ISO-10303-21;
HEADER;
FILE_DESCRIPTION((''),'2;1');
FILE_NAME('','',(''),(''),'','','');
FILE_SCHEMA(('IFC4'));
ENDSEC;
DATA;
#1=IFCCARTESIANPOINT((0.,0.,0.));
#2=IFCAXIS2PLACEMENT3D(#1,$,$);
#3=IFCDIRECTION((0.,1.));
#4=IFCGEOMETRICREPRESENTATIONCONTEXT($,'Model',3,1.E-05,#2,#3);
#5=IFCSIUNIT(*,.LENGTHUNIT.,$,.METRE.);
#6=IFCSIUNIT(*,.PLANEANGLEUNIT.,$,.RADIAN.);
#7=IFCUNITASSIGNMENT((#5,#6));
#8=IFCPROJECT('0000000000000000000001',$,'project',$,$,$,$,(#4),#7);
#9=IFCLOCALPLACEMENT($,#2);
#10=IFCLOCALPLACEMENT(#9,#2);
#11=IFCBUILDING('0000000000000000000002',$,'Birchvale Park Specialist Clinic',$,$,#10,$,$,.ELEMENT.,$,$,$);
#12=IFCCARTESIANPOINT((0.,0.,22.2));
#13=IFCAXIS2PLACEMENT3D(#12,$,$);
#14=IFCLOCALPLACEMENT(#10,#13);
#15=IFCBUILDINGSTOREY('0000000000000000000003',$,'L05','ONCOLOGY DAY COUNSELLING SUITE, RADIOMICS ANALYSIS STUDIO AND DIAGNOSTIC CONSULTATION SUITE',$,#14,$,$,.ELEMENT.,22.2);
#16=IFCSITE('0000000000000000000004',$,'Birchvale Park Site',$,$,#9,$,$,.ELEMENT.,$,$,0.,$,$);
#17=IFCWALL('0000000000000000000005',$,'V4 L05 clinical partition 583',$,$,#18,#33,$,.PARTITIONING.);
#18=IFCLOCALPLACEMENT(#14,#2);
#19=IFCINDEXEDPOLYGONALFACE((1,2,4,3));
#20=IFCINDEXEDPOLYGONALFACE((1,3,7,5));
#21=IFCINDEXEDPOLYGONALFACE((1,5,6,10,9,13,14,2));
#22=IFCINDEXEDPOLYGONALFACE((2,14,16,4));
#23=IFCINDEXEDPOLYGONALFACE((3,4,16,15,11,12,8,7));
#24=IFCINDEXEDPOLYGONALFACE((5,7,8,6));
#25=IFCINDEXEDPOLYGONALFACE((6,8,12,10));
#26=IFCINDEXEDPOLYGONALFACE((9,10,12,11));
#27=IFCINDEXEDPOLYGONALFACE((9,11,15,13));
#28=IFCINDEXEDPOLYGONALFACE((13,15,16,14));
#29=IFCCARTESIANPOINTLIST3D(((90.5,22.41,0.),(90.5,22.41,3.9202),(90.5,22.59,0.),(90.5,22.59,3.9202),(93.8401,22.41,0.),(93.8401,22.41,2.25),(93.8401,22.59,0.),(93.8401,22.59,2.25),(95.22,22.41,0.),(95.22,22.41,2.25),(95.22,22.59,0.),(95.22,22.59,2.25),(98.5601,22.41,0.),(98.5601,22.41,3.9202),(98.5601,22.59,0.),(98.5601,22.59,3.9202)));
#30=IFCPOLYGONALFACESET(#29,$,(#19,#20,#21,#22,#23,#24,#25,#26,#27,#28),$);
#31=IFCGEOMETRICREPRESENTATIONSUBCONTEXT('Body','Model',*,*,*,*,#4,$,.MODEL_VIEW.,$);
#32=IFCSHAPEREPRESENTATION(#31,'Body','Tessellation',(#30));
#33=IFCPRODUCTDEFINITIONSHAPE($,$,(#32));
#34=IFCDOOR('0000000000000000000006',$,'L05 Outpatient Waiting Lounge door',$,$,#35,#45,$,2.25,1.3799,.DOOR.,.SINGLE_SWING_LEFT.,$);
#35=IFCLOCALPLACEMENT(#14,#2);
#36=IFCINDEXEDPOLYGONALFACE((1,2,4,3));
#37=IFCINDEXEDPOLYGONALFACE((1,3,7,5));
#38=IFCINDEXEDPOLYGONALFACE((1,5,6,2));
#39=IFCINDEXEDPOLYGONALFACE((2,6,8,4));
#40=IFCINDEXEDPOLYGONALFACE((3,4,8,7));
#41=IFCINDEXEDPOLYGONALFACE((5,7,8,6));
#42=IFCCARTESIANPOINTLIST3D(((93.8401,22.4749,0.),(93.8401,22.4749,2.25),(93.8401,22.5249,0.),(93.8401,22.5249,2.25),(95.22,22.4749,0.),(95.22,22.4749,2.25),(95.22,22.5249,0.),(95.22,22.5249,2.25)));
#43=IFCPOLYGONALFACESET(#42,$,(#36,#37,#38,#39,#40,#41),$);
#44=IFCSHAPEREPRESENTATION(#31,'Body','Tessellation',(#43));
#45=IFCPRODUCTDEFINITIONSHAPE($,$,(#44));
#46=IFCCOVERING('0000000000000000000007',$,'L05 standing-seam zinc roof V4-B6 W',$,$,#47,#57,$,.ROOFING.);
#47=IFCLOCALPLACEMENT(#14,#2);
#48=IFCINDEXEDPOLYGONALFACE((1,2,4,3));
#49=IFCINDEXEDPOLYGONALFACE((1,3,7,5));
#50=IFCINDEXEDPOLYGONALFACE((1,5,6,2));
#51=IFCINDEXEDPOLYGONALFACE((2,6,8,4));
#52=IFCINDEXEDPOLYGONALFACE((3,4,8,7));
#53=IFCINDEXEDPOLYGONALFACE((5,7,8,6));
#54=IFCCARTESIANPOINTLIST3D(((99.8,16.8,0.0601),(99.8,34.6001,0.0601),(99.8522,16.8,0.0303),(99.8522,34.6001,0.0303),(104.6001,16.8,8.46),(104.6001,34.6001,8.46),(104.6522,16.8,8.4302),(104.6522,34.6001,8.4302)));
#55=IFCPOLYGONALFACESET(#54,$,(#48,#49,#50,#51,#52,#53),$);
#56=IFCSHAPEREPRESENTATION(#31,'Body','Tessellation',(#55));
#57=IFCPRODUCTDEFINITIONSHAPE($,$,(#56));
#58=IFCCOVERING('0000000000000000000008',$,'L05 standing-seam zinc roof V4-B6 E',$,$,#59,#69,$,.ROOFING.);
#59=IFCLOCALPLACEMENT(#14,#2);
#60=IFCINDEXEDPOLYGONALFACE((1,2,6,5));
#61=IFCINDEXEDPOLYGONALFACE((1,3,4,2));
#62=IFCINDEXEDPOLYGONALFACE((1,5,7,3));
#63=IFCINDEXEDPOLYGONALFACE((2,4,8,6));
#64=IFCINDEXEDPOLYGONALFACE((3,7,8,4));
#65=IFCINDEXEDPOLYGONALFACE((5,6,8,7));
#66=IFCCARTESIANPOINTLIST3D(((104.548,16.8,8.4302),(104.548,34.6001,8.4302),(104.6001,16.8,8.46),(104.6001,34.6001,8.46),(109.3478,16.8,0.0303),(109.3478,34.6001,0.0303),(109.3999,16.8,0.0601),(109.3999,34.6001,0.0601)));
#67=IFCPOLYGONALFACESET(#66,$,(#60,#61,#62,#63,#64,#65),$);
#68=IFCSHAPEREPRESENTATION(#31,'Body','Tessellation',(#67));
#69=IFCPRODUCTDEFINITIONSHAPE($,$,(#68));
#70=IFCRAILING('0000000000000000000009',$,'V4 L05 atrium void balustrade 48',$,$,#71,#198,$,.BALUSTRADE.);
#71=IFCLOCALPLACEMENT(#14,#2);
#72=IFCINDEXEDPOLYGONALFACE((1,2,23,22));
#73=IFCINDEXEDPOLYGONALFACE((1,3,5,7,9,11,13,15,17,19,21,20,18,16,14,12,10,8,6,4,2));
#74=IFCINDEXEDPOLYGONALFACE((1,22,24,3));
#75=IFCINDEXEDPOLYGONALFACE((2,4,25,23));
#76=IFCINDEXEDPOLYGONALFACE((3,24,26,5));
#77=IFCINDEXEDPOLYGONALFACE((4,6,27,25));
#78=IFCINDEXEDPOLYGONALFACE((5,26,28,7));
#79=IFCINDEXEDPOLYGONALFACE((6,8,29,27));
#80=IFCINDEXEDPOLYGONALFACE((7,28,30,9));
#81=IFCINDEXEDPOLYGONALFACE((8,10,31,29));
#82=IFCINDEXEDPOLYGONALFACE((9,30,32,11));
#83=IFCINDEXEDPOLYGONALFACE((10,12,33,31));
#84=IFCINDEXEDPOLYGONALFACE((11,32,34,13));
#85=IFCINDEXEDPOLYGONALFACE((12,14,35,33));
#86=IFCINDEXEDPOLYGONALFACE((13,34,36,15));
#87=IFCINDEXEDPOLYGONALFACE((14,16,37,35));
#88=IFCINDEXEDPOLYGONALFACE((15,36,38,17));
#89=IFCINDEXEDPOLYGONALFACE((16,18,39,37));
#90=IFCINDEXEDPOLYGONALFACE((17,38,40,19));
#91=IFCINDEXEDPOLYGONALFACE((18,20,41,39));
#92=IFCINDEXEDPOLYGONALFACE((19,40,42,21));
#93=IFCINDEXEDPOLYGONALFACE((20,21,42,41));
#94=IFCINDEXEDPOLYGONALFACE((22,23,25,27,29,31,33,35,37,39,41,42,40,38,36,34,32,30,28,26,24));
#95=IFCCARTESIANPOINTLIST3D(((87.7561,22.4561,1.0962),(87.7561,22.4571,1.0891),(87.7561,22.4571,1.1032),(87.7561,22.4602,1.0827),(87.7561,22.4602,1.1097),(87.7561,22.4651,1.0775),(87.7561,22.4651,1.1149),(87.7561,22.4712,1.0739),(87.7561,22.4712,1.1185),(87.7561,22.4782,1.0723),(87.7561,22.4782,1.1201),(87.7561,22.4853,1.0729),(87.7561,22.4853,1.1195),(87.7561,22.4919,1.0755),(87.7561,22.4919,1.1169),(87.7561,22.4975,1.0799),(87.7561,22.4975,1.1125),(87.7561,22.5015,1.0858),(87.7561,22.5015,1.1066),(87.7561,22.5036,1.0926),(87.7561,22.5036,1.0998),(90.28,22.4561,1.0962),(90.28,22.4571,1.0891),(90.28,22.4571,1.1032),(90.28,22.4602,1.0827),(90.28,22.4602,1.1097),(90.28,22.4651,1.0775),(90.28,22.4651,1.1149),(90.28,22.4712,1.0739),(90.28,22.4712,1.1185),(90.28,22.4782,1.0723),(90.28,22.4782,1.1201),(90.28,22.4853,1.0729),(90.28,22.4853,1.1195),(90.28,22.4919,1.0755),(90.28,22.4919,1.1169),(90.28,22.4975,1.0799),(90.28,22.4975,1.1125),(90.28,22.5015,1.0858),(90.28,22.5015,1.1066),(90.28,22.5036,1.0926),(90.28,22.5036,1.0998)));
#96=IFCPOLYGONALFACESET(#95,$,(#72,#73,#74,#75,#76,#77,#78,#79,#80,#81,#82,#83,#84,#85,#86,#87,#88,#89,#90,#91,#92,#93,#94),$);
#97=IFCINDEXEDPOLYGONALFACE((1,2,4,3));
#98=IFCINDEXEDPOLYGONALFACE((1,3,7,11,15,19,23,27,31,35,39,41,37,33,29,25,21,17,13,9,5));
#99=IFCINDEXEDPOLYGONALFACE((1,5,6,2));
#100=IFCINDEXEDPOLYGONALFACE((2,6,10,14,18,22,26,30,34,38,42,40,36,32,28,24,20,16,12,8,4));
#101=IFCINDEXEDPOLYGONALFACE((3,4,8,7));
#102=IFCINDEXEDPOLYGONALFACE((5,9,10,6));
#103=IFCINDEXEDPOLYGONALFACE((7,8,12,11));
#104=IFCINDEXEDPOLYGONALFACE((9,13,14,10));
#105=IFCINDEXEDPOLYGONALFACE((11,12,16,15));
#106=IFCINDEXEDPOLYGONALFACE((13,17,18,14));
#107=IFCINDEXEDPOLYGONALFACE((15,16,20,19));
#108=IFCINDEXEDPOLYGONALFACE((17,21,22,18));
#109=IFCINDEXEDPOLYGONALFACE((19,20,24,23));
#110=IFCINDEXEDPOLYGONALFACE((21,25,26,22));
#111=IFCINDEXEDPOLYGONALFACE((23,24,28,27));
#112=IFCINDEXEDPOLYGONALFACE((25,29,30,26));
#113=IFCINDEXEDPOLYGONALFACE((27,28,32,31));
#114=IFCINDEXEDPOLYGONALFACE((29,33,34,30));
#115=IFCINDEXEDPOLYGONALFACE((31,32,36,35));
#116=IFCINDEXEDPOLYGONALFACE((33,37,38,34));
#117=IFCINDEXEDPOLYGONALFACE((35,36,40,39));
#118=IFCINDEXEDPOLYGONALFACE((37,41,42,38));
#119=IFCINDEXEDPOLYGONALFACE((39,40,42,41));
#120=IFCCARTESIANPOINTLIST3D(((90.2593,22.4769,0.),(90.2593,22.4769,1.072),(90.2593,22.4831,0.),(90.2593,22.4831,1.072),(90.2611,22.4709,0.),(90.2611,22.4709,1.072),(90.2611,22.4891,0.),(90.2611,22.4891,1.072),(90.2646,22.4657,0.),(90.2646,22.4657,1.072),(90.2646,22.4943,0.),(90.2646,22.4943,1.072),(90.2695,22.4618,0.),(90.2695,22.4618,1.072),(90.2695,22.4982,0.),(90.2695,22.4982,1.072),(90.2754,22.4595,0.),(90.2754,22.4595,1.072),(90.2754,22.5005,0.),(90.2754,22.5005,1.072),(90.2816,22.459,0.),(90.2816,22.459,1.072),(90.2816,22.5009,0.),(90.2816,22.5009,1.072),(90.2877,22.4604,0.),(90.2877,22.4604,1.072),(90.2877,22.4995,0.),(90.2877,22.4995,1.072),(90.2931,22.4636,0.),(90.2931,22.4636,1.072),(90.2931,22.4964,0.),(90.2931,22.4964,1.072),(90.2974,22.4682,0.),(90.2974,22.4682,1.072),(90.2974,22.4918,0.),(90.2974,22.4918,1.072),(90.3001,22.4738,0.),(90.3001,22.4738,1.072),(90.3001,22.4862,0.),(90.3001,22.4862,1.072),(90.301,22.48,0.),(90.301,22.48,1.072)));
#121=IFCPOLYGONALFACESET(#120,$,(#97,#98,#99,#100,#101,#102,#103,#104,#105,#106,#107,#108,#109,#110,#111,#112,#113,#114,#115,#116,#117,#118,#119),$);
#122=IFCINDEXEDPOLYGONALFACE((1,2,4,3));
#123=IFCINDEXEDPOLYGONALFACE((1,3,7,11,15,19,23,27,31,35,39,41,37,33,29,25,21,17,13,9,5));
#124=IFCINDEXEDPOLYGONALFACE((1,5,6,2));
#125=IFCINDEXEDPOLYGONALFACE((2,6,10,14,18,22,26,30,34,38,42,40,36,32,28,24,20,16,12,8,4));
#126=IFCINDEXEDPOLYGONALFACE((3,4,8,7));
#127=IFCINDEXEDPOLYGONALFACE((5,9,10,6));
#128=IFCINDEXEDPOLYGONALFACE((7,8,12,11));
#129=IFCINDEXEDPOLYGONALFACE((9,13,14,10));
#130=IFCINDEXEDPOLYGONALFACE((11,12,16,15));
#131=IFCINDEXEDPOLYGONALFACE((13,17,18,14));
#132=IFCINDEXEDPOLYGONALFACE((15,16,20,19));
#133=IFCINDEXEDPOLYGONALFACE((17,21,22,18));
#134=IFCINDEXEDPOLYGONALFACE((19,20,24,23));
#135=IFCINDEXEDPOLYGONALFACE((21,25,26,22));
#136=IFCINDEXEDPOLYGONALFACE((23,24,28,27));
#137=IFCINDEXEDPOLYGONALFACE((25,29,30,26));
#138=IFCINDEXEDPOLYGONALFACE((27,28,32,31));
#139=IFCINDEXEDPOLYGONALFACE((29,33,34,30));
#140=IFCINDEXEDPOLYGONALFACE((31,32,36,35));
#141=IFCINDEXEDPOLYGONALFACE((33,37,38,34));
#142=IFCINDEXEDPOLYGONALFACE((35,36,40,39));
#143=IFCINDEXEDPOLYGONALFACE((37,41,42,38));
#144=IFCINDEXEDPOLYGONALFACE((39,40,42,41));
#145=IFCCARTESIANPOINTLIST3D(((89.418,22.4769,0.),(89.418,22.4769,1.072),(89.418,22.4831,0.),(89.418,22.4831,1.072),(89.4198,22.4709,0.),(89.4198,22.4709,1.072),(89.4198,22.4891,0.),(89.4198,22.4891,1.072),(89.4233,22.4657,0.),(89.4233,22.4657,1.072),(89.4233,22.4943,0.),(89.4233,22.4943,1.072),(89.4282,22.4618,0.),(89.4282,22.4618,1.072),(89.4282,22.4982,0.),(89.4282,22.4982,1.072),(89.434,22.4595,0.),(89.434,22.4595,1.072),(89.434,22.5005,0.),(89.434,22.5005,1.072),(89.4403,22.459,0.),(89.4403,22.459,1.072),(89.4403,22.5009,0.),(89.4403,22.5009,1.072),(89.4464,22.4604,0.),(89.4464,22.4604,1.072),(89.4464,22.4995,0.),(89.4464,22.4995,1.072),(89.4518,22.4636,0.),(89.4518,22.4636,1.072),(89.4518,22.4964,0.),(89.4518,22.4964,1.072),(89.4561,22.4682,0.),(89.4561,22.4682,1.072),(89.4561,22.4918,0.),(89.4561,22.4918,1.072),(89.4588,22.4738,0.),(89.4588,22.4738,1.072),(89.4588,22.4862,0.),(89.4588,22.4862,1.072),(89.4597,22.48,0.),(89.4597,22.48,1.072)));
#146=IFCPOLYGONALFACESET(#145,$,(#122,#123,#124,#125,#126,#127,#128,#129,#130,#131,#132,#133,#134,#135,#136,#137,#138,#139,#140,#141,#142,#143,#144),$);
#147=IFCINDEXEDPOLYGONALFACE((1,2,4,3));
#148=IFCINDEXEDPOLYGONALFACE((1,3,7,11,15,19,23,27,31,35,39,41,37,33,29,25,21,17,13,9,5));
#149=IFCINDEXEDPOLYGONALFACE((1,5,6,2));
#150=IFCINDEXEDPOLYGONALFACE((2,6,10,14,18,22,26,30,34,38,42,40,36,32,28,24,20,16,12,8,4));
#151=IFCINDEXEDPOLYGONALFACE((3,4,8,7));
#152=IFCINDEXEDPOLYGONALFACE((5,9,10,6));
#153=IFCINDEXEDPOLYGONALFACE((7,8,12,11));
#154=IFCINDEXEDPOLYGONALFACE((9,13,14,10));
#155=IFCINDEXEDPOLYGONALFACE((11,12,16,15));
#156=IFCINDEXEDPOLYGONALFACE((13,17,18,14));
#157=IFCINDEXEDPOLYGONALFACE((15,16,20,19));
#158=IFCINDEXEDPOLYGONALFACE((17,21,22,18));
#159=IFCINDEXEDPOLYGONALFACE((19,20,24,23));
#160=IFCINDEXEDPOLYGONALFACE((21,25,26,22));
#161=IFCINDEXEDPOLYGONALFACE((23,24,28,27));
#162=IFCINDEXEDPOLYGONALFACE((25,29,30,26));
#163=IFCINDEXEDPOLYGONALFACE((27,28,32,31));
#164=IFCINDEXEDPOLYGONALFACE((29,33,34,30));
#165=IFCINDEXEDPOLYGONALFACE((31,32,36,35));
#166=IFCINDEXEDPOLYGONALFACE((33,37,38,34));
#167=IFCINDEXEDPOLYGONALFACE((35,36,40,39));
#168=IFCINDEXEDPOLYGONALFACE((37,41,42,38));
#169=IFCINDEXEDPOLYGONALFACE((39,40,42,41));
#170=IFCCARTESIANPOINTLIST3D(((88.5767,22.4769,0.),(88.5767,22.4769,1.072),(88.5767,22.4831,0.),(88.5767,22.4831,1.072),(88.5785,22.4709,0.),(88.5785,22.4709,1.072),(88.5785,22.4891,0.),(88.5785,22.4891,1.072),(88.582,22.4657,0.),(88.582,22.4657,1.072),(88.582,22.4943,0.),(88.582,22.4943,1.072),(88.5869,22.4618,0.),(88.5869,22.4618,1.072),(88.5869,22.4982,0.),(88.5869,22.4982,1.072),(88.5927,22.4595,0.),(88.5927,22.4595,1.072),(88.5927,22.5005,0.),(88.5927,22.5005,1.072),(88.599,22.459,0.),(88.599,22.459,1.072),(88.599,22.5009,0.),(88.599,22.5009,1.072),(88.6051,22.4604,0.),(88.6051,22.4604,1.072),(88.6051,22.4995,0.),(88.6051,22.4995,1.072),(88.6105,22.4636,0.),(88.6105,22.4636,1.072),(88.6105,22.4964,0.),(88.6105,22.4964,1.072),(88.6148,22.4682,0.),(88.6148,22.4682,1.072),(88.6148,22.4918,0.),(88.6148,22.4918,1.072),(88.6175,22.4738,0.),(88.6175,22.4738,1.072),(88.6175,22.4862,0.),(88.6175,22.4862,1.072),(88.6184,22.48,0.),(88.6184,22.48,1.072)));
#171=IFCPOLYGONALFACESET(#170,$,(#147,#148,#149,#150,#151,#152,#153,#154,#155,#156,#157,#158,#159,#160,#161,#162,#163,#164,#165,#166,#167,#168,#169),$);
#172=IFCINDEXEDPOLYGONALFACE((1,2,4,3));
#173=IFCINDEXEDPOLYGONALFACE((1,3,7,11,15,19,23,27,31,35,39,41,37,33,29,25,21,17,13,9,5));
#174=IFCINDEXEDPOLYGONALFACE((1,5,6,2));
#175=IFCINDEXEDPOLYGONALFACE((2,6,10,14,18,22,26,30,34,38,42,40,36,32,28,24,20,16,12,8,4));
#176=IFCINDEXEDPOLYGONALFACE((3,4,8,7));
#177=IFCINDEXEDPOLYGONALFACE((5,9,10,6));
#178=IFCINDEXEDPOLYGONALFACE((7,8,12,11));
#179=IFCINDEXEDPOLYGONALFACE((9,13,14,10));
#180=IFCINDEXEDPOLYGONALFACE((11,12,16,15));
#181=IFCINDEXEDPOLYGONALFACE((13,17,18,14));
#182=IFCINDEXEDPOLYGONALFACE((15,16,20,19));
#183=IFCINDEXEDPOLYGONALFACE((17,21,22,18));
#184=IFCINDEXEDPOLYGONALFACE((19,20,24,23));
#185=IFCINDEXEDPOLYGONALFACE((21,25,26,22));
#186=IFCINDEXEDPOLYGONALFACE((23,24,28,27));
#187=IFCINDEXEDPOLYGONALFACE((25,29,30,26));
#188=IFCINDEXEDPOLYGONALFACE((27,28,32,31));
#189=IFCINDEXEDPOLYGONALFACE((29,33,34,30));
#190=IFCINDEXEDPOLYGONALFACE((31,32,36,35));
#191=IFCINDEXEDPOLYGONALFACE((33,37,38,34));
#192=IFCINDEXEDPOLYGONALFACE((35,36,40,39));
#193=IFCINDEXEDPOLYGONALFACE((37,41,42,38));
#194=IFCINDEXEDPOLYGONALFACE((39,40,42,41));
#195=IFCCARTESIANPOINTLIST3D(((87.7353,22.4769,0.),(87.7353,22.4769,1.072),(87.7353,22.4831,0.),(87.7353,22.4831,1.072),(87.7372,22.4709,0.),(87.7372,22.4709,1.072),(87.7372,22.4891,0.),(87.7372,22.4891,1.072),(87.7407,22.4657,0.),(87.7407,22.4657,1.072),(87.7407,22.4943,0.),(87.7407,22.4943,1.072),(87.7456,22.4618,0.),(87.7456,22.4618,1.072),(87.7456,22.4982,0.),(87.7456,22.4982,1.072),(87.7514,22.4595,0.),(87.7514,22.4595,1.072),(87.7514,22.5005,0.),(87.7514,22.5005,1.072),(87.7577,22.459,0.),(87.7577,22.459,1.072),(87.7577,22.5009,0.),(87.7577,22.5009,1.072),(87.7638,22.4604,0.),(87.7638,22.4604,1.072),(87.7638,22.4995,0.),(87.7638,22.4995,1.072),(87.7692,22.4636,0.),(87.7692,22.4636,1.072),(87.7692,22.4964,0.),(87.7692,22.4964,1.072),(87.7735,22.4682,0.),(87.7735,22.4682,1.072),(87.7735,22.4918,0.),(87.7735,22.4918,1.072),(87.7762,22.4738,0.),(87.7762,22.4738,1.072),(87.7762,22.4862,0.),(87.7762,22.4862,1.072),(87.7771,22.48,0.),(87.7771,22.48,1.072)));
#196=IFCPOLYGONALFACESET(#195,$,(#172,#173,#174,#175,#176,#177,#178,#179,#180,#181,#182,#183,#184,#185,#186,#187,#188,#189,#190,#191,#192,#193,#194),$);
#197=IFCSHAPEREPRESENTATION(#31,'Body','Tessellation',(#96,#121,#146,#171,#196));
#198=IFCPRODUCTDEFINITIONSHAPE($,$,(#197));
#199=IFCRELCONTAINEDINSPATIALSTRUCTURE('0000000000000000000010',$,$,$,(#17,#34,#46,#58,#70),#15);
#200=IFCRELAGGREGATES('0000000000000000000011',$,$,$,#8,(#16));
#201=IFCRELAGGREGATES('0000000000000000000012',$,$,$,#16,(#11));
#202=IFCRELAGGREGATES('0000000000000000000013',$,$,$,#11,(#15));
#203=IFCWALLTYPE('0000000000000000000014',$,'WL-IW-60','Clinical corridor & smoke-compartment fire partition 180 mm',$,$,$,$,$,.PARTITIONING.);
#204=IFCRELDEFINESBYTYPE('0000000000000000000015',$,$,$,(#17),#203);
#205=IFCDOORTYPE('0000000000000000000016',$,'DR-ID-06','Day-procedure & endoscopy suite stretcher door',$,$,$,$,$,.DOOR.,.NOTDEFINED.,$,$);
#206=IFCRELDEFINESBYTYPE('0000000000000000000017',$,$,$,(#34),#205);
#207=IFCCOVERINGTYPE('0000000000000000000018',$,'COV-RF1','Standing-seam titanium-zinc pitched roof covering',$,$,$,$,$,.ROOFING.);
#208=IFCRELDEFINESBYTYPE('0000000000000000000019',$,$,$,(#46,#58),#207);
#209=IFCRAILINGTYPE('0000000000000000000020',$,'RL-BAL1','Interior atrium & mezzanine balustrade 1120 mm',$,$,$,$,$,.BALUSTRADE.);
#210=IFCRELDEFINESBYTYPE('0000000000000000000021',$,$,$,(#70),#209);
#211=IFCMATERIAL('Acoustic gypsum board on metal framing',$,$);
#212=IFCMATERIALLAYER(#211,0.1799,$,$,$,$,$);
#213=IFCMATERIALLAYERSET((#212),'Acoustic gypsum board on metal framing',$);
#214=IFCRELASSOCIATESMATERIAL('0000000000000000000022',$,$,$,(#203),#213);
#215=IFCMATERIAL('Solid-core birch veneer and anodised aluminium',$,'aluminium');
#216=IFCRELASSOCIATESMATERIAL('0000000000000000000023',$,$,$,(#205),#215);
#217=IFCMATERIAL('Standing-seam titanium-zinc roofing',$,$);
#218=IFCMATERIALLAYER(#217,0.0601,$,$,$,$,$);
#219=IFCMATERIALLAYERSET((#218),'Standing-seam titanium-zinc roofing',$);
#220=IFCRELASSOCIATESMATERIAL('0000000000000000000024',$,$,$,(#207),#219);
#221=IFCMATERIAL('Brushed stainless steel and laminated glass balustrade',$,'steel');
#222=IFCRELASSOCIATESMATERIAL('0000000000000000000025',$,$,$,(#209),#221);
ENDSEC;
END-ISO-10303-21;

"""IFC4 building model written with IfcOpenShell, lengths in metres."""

from ifc_helpers import new_model, si_unit, direction, frame, frame_2d, origin, origin_2d, place, context, subcontext, project, spatial, polyline, rectangle, circle, outline, extrude, material, layer, layer_set, type_object, element, fill, save


model = new_model("IFC4")

# Units and contexts
model_context = context("Model", 3, precision=1e-05, world=origin(), true_north=direction((0.0, 1.0)))
body_context = subcontext(model_context, "Body", "Model", "MODEL_VIEW")
ifc_project = project(units=[si_unit("LENGTHUNIT", "METRE"), si_unit("PLANEANGLEUNIT", "RADIAN")], contexts=[model_context])

# Site, building, storey
site_placement = place(None, origin())
site = spatial("IfcSite", under=ifc_project, at=site_placement, Name="Birchvale Park Site", CompositionType="ELEMENT", RefElevation=0.0)
building_placement = place(site_placement, origin())
building = spatial("IfcBuilding", under=site, at=building_placement, Name="Birchvale Park Specialist Clinic", CompositionType="ELEMENT")
storey_placement = place(building_placement, frame((0.0, 0.0, 22.2)))
storey = spatial("IfcBuildingStorey", under=building, at=storey_placement, Name="L05", Description="ONCOLOGY DAY COUNSELLING SUITE, RADIOMICS ANALYSIS STUDIO AND DIAGNOSTIC CONSULTATION SUITE", CompositionType="ELEMENT", Elevation=22.2)

# Shared definitions
ifc_material_1 = material(Name="Standing-seam titanium-zinc roofing")

# Wall, opening, door
ifc_material_2 = material(Name="Acoustic gypsum board on metal framing")
ifc_layer_1 = layer(ifc_material_2, 0.1799)
ifc_layer_set_1 = layer_set([ifc_layer_1], Name="Acoustic gypsum board on metal framing")
wall_type_1 = type_object("IfcWallType", Name="WL-IW-60", Description="Clinical corridor & smoke-compartment fire partition 180 mm", PredefinedType="PARTITIONING", material=ifc_layer_set_1)
wall_1_placement = place(storey_placement, frame((90.5, 22.5, 0.0), z_axis=(0.0, 0.0, 1.0), x_axis=(1.0, 0.0, 0.0)))
wall_1 = element("IfcWall", 1, at=wall_1_placement, inside=storey, type_object=wall_type_1, Name="V4 L05 clinical partition 583", PredefinedType="PARTITIONING", context=body_context, shape_type="SweptSolid", body=[
    extrude(rectangle(XDim=8.0601, YDim=0.1799, at=frame_2d((4.03, 0.0))), origin(), (0.0, 0.0, 1.0), 3.9202),
])
opening_1_placement = place(wall_1_placement, frame((3.3401, 0.0, 0.0)))
opening_1 = element("IfcOpeningElement", 2, at=opening_1_placement, cuts=wall_1, PredefinedType="OPENING", context=body_context, shape_type="SweptSolid", body=[
    extrude(rectangle(XDim=1.3799, YDim=2.25, at=frame_2d((0.6899, 1.125))), frame((0.0, 0.1001, 0.0), z_axis=(0.0, -1.0, 0.0), x_axis=(1.0, 0.0, 0.0)), (0.0, 0.0, 1.0), 0.2),
])
ifc_material_3 = material(Name="Solid-core birch veneer and anodised aluminium", Category="aluminium")
door_type = type_object("IfcDoorType", Name="DR-ID-06", Description="Day-procedure & endoscopy suite stretcher door", OperationType="NOTDEFINED", PredefinedType="DOOR", material=ifc_material_3)
door_placement = place(opening_1_placement, origin())
door = element("IfcDoor", 3, at=door_placement, inside=storey, type_object=door_type, Name="L05 Outpatient Waiting Lounge door", OperationType="SINGLE_SWING_LEFT", OverallHeight=2.25, OverallWidth=1.3799, PredefinedType="DOOR", context=body_context, shape_type="SweptSolid", body=[
    extrude(rectangle(XDim=1.3799, YDim=2.25, at=frame_2d((0.6899, 1.125))), frame((0.0, 0.0249, 0.0), z_axis=(0.0, -1.0, 0.0), x_axis=(1.0, 0.0, 0.0)), (0.0, 0.0, 1.0), 0.05),
])
fill(opening_1, door)

# Coverings
ifc_layer_2 = layer(ifc_material_1, 0.0601)
ifc_layer_set_2 = layer_set([ifc_layer_2], Name="Standing-seam titanium-zinc roofing")
covering_type = type_object("IfcCoveringType", Name="COV-RF1", Description="Standing-seam titanium-zinc pitched roof covering", PredefinedType="ROOFING", material=ifc_layer_set_2)
covering_1_placement = place(storey_placement, frame((99.8, 16.8, 0.0601), z_axis=(-0.868238, 0.0, 0.496147), x_axis=(0.496147, 0.0, 0.868238)))
element("IfcCovering", 4, at=covering_1_placement, inside=storey, type_object=covering_type, Name="L05 standing-seam zinc roof V4-B6 W", PredefinedType="ROOFING", context=body_context, shape_type="SweptSolid", body=[
    extrude(outline(polyline([(0.0, 0.0), (9.6746, 0.0), (9.6746, 17.8), (0.0, 17.8), (0.0, 0.0)])), origin(), (0.0, 0.0, -1.0), 0.0601),
])
covering_2_placement = place(storey_placement, frame((104.6001, 16.8, 8.46), z_axis=(0.868249, 0.0, 0.496128), x_axis=(0.496128, 0.0, -0.868249)))
element("IfcCovering", 5, at=covering_2_placement, inside=storey, type_object=covering_type, Name="L05 standing-seam zinc roof V4-B6 E", PredefinedType="ROOFING", context=body_context, shape_type="SweptSolid", body=[
    extrude(outline(polyline([(0.0, 0.0), (9.6745, 0.0), (9.6745, 17.8), (0.0, 17.8), (0.0, 0.0)])), origin(), (0.0, 0.0, -1.0), 0.0601),
])

# Railing
ifc_material_4 = material(Name="Brushed stainless steel and laminated glass balustrade", Category="steel")
railing_type = type_object("IfcRailingType", Name="RL-BAL1", Description="Interior atrium & mezzanine balustrade 1120 mm", PredefinedType="BALUSTRADE", material=ifc_material_4)
railing_placement = place(storey_placement, frame((90.28, 22.48, 0.0)))
element("IfcRailing", 6, at=railing_placement, inside=storey, type_object=railing_type, Name="V4 L05 atrium void balustrade 48", PredefinedType="BALUSTRADE", context=body_context, shape_type="SweptSolid", body=[
    extrude(circle(Radius=0.0239, at=origin_2d()), frame((0.0, 0.0, 1.0962), z_axis=(-1.0, 0.0, 0.0), x_axis=(0.0, -1.0, 0.0)), (0.0, 0.0, 1.0), 2.5239),
    extrude(circle(Radius=0.021, at=origin_2d()), origin(), (0.0, 0.0, 1.0), 1.072),
    extrude(circle(Radius=0.021, at=origin_2d()), frame((-0.8413, 0.0, 0.0)), (0.0, 0.0, 1.0), 1.072),
    extrude(circle(Radius=0.021, at=origin_2d()), frame((-1.6826, 0.0, 0.0)), (0.0, 0.0, 1.0), 1.072),
    extrude(circle(Radius=0.021, at=origin_2d()), frame((-2.5239, 0.0, 0.0)), (0.0, 0.0, 1.0), 1.072),
])

save(model, "model.ifc")
